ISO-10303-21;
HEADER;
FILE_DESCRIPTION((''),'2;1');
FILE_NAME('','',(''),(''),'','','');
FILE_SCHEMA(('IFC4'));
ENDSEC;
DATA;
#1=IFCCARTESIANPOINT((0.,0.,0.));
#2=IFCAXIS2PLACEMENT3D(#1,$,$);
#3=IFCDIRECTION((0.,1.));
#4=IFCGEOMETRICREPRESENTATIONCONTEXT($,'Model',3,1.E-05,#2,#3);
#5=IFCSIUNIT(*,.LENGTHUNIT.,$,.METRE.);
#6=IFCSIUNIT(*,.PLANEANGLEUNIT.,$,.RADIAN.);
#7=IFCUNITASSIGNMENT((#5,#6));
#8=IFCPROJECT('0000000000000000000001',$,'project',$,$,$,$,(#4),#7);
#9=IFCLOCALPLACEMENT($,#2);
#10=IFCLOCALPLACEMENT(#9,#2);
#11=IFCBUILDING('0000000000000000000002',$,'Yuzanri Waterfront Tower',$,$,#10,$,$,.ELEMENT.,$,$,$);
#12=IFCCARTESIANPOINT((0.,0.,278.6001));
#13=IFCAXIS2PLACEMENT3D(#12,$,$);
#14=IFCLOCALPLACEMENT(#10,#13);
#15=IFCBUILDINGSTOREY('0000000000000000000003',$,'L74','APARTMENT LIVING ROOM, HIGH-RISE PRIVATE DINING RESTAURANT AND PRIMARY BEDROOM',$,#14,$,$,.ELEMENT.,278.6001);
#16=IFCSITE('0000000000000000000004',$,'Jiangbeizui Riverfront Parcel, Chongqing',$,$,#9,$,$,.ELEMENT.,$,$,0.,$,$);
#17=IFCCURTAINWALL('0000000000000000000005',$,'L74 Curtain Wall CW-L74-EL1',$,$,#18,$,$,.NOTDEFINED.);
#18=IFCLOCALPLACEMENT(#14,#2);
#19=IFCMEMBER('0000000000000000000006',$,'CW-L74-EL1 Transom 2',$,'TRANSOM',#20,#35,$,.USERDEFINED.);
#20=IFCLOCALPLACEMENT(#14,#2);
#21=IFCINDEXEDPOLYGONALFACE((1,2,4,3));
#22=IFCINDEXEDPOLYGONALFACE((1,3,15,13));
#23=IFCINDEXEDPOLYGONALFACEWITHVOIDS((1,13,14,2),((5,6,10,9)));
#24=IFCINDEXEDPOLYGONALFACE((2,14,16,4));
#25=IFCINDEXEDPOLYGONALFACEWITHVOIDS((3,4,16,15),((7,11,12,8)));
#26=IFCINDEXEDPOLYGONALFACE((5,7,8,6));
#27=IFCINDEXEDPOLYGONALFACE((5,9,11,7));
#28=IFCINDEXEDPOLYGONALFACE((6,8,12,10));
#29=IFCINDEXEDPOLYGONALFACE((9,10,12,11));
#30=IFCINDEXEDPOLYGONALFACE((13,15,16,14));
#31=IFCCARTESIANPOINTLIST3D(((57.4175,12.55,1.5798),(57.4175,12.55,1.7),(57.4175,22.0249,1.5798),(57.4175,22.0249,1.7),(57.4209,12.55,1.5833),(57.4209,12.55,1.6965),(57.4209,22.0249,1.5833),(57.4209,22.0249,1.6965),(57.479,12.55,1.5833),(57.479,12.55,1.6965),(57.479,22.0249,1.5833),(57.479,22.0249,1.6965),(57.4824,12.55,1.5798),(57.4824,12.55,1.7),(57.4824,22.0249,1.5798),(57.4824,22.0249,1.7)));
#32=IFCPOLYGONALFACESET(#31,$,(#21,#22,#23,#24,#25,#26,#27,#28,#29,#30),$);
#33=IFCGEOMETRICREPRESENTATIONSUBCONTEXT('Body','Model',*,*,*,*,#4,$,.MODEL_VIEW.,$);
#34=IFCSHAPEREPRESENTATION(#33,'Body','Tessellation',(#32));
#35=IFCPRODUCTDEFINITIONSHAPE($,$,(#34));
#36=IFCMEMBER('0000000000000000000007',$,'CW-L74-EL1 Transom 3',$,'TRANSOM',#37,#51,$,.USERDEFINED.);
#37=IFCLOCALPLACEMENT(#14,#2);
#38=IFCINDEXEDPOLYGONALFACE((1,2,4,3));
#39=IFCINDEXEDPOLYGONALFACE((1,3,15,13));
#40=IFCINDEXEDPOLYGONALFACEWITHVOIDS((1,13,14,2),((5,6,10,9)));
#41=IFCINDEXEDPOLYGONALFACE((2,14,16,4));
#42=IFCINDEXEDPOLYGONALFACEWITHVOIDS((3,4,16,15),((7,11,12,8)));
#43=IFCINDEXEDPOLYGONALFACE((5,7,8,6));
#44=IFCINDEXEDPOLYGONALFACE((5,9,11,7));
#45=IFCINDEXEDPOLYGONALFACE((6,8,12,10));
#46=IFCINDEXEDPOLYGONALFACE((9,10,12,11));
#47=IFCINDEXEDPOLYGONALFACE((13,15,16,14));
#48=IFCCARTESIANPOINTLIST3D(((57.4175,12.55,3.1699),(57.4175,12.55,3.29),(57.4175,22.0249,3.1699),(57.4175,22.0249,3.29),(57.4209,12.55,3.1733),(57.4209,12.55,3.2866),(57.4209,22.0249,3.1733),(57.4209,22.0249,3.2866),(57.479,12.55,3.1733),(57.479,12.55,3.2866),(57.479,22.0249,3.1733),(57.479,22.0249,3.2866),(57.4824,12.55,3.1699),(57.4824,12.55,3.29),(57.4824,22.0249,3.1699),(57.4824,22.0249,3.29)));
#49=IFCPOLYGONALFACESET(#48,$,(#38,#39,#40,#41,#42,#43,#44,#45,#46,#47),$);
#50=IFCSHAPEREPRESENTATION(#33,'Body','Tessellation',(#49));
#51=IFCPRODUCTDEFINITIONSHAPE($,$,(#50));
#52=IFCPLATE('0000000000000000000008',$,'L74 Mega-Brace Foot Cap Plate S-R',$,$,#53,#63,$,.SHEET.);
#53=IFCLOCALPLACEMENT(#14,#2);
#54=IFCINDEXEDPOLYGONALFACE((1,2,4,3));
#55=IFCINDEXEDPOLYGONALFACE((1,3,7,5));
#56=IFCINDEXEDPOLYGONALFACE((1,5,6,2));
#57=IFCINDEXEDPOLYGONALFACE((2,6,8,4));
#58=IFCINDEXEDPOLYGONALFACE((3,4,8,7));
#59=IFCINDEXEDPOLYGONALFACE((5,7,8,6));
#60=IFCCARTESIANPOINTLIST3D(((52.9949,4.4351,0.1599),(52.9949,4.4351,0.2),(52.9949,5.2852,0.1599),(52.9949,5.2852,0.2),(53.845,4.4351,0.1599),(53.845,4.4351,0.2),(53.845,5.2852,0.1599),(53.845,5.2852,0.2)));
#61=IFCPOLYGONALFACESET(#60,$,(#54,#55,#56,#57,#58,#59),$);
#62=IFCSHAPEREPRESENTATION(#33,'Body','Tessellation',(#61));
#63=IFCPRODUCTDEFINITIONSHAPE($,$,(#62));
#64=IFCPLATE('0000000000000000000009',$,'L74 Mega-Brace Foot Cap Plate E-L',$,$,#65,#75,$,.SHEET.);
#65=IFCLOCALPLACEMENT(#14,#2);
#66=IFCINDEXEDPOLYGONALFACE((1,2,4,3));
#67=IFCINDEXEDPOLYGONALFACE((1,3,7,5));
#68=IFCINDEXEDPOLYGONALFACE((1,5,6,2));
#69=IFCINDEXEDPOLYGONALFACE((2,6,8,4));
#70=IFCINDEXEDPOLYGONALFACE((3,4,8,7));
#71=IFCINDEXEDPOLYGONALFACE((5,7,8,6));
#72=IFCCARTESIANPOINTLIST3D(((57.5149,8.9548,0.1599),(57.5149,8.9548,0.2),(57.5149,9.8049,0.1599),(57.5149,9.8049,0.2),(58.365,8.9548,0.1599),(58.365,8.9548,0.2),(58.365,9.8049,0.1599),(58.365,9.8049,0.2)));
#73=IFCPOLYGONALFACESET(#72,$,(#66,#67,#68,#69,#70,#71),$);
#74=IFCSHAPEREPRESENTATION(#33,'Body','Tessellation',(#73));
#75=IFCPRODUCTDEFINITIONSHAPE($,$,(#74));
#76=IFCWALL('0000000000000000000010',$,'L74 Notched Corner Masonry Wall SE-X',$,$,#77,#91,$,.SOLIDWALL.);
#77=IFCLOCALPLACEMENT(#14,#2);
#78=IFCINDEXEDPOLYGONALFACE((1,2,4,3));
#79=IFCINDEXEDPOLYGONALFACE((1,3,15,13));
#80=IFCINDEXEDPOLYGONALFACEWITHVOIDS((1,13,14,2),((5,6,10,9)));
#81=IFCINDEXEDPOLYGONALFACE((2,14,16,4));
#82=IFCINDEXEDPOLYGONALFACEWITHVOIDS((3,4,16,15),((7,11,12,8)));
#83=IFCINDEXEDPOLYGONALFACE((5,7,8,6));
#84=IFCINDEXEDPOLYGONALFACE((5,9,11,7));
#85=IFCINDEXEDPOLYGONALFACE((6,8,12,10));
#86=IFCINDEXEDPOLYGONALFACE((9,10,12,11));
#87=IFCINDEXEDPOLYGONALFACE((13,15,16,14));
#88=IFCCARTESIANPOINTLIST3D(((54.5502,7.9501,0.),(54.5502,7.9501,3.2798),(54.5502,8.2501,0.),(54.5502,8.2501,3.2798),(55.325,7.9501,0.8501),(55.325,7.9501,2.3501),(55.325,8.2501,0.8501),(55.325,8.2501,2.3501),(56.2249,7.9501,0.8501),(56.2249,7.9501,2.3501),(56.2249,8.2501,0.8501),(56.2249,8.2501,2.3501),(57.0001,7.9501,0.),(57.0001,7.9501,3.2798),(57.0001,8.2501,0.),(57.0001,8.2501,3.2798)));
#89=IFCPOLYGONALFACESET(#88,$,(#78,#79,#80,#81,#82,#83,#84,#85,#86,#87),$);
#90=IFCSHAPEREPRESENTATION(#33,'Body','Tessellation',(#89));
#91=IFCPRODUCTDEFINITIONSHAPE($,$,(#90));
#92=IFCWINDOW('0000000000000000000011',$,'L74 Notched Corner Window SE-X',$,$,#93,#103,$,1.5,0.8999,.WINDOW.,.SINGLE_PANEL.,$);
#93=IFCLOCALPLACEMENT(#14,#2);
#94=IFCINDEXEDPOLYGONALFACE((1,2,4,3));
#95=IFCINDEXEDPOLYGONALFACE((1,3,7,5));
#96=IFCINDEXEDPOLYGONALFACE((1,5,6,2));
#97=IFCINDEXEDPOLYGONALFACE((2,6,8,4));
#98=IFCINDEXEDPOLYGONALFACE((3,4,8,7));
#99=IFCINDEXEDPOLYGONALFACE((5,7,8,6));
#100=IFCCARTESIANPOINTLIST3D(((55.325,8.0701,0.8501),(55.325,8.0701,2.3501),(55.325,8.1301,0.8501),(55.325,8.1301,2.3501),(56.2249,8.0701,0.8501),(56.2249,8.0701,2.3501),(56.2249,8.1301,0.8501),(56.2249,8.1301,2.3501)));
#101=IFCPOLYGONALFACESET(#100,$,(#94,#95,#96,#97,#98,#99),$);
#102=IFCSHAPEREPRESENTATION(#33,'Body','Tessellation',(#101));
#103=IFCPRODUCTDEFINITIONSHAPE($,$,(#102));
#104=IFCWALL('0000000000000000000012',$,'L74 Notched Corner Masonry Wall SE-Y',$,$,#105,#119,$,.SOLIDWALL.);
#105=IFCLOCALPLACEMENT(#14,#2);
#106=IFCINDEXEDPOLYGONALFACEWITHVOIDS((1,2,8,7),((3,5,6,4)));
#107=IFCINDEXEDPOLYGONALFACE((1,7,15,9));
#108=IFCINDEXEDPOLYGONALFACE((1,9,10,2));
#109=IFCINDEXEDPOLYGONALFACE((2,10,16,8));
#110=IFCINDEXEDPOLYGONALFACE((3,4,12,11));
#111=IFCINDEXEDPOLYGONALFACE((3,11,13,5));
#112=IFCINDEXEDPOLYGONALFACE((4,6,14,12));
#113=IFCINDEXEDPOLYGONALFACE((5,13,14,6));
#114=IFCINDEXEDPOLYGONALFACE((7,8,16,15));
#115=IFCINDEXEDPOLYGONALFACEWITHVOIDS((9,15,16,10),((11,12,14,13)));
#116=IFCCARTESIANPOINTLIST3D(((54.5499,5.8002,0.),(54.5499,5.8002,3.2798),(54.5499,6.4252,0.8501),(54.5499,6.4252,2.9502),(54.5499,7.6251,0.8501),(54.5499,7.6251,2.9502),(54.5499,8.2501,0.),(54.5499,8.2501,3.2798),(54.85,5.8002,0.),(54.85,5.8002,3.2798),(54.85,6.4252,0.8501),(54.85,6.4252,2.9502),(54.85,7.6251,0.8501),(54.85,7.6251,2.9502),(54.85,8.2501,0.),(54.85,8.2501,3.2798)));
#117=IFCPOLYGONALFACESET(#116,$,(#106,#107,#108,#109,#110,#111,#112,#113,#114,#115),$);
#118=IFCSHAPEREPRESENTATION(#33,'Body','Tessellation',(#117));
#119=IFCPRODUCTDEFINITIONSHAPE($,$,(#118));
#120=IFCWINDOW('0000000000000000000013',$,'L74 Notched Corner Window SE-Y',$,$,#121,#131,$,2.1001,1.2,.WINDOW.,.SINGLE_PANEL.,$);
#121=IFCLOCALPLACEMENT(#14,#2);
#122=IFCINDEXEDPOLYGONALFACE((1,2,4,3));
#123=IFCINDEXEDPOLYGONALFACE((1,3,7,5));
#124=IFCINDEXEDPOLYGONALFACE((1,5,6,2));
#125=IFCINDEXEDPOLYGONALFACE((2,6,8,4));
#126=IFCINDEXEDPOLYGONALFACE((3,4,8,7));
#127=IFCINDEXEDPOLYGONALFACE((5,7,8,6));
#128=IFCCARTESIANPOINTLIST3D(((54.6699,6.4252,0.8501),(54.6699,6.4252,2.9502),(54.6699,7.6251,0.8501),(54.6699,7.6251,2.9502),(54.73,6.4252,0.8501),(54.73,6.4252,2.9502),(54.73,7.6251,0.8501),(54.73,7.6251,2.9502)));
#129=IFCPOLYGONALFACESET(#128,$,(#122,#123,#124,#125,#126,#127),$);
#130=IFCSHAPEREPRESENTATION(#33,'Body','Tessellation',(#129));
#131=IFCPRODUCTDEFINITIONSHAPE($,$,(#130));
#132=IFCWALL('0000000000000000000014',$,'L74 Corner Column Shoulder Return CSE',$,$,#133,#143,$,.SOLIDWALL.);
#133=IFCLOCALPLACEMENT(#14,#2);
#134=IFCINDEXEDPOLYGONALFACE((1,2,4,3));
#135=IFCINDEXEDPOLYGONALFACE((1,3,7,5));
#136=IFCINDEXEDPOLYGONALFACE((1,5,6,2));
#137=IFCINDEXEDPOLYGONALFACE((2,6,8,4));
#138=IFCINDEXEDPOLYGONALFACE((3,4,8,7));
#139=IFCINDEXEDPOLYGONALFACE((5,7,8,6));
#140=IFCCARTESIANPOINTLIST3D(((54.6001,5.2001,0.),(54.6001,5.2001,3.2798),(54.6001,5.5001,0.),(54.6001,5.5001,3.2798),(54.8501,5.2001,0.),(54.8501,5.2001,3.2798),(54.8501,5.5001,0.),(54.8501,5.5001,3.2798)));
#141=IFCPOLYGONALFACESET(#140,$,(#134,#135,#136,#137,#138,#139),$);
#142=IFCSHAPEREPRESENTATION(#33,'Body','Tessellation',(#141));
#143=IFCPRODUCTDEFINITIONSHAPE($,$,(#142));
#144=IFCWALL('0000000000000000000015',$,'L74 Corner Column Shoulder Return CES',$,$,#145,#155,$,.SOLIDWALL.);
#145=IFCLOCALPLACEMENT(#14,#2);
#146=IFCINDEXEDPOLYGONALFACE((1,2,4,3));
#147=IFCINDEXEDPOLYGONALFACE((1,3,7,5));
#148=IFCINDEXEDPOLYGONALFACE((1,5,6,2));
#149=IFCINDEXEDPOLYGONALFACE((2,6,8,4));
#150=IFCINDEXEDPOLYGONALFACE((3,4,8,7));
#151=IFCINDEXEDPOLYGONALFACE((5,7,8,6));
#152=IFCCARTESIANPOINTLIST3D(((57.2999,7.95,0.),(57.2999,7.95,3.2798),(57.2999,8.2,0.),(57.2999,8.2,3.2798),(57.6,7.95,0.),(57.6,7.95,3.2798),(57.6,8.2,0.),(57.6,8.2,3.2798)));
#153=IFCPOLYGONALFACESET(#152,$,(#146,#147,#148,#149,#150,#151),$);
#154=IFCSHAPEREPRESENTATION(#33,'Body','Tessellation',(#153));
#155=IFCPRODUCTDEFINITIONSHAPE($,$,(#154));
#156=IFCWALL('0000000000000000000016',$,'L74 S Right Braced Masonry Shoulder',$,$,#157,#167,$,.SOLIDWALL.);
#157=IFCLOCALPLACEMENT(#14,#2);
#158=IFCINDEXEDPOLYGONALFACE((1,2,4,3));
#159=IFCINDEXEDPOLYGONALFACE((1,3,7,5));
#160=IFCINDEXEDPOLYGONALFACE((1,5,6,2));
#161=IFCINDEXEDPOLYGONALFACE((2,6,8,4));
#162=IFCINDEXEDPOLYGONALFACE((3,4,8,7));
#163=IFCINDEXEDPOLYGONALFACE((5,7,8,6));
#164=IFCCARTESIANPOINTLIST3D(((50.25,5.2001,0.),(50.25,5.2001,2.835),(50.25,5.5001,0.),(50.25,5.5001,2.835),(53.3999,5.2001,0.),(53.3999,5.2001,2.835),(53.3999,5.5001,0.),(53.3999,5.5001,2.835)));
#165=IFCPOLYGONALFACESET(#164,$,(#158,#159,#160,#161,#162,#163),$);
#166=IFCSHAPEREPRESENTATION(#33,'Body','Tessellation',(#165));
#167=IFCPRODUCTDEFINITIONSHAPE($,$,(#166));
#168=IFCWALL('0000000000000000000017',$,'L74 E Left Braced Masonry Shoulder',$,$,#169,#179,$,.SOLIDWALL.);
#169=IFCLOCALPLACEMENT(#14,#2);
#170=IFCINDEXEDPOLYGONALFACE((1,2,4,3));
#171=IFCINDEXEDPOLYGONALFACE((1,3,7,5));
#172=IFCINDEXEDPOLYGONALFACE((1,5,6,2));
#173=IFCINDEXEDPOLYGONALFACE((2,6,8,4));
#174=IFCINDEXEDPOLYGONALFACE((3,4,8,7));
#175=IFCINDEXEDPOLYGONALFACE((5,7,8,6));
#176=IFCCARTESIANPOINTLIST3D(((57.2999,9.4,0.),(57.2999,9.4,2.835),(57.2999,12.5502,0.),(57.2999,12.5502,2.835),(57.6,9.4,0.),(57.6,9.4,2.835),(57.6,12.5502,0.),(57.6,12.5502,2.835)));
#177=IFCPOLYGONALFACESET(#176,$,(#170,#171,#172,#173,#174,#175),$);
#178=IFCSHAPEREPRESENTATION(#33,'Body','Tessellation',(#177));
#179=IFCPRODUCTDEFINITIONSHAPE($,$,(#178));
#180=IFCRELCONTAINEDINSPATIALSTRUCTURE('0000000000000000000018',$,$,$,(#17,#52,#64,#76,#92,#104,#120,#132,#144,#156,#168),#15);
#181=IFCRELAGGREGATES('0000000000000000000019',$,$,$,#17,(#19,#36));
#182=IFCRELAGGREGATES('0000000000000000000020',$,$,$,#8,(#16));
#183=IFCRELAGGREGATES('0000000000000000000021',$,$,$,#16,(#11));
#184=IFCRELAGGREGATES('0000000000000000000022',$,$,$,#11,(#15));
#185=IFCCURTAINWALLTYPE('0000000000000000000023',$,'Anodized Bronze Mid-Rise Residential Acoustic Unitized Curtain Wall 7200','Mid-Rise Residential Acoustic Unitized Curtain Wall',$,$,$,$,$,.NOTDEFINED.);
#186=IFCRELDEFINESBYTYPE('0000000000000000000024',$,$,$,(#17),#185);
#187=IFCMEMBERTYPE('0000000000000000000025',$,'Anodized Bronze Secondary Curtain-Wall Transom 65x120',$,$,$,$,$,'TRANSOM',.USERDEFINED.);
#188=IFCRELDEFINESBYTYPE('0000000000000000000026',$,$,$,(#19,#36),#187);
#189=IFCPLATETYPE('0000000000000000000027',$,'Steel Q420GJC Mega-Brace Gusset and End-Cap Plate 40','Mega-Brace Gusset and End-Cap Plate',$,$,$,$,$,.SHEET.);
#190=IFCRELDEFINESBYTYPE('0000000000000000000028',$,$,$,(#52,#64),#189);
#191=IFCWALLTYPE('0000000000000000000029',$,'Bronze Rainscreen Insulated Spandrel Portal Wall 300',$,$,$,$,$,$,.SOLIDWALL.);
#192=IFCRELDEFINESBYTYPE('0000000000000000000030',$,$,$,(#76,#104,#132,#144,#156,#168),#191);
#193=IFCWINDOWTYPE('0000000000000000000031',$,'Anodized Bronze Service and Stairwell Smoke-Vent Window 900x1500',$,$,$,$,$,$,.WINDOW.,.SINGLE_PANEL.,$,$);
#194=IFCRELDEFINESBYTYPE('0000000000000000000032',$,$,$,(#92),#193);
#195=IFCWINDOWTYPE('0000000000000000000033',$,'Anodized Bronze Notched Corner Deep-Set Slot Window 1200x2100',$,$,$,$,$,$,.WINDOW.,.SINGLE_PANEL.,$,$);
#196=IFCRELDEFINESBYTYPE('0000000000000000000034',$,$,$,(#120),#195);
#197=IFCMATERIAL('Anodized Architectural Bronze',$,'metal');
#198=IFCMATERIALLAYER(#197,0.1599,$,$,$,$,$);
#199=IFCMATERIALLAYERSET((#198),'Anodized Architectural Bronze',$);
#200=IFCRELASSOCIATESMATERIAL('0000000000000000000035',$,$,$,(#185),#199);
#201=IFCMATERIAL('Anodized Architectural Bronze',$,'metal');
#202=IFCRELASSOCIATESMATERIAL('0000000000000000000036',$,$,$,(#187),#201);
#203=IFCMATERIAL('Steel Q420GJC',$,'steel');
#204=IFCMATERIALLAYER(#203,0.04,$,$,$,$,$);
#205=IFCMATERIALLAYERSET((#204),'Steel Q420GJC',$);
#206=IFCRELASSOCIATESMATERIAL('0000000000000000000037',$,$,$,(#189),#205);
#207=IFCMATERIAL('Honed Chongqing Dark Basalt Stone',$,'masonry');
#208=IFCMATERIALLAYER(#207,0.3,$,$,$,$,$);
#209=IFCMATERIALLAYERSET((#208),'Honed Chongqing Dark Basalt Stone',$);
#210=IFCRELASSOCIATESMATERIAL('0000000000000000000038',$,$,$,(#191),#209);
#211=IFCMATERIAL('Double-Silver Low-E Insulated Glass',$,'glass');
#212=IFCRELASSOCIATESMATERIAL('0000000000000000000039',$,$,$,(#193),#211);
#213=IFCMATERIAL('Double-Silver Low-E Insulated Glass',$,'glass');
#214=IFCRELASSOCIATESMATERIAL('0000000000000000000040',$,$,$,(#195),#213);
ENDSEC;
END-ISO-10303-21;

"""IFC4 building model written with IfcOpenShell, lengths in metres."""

from ifc_helpers import new_model, si_unit, direction, frame, frame_2d, origin, origin_2d, place, context, subcontext, project, spatial, rectangle, hollow_rectangle, extrude, source, transform, mapped, material, layer, layer_set, material_profile, profile_set, type_object, element, fill, aggregate, save


model = new_model("IFC4")

# Units and contexts
model_context = context("Model", 3, precision=1e-05, world=origin(), true_north=direction((0.0, 1.0)))
body_context = subcontext(model_context, "Body", "Model", "MODEL_VIEW")
ifc_project = project(units=[si_unit("LENGTHUNIT", "METRE"), si_unit("PLANEANGLEUNIT", "RADIAN")], contexts=[model_context])

# Site, building, storey
site_placement = place(None, origin())
site = spatial("IfcSite", under=ifc_project, at=site_placement, Name="Jiangbeizui Riverfront Parcel, Chongqing", CompositionType="ELEMENT", RefElevation=0.0)
building_placement = place(site_placement, origin())
building = spatial("IfcBuilding", under=site, at=building_placement, Name="Yuzanri Waterfront Tower", CompositionType="ELEMENT")
storey_placement = place(building_placement, frame((0.0, 0.0, 278.6001)))
storey = spatial("IfcBuildingStorey", under=building, at=storey_placement, Name="L74", Description="APARTMENT LIVING ROOM, HIGH-RISE PRIVATE DINING RESTAURANT AND PRIMARY BEDROOM", CompositionType="ELEMENT", Elevation=278.6001)

# Curtain wall, members
ifc_material_1 = material(Name="Anodized Architectural Bronze", Category="metal")
ifc_layer_1 = layer(ifc_material_1, 0.1599)
ifc_layer_set_1 = layer_set([ifc_layer_1], Name="Anodized Architectural Bronze")
curtain_wall_type = type_object("IfcCurtainWallType", Name="Anodized Bronze Mid-Rise Residential Acoustic Unitized Curtain Wall 7200", Description="Mid-Rise Residential Acoustic Unitized Curtain Wall", PredefinedType="NOTDEFINED", material=ifc_layer_set_1)
curtain_wall_1_placement = place(storey_placement, origin())
curtain_wall_1 = element("IfcCurtainWall", 1, at=curtain_wall_1_placement, inside=storey, type_object=curtain_wall_type, Name="L74 Curtain Wall CW-L74-EL1", PredefinedType="NOTDEFINED")
ifc_material_2 = material(Name="Anodized Architectural Bronze", Category="metal")
ifc_material_profile_1 = material_profile(ifc_material_2, hollow_rectangle(XDim=0.0649, YDim=0.1201, WallThickness=0.0034, at=origin_2d()), Name="CWT 65x120")
ifc_profile_set_1 = profile_set([ifc_material_profile_1], Name="Anodized Architectural Bronze")
member_type_1 = type_object("IfcMemberType", Name="Anodized Bronze Secondary Curtain-Wall Transom 65x120", ElementType="TRANSOM", PredefinedType="USERDEFINED", material=ifc_profile_set_1)
shared_shape_1 = source(origin(), body_context, "Body", "SweptSolid", [
    extrude(hollow_rectangle(XDim=0.0649, YDim=0.1201, WallThickness=0.0034, at=origin_2d()), origin(), (0.0, 0.0, 1.0), 9.4749),
])
member_1_placement = place(storey_placement, frame((57.45, 12.55, 1.6399), z_axis=(0.0, 1.0, 0.0), x_axis=(-1.0, 0.0, 0.0)))
member_1 = element("IfcMember", 2, at=member_1_placement, type_object=member_type_1, Name="CW-L74-EL1 Transom 2", ObjectType="TRANSOM", PredefinedType="USERDEFINED", context=body_context, shape_type="MappedRepresentation", body=[
    mapped(shared_shape_1, transform((0.0, 0.0, 0.0), scale=1.0)),
])
member_2_placement = place(storey_placement, frame((57.45, 12.55, 3.23), z_axis=(0.0, 1.0, 0.0), x_axis=(-1.0, 0.0, 0.0)))
member_2 = element("IfcMember", 3, at=member_2_placement, type_object=member_type_1, Name="CW-L74-EL1 Transom 3", ObjectType="TRANSOM", PredefinedType="USERDEFINED", context=body_context, shape_type="MappedRepresentation", body=[
    mapped(shared_shape_1, transform((0.0, 0.0, 0.0), scale=1.0)),
])
aggregate(curtain_wall_1, [member_1, member_2])

# Plates
ifc_material_3 = material(Name="Steel Q420GJC", Category="steel")
ifc_layer_2 = layer(ifc_material_3, 0.04)
ifc_layer_set_2 = layer_set([ifc_layer_2], Name="Steel Q420GJC")
plate_type = type_object("IfcPlateType", Name="Steel Q420GJC Mega-Brace Gusset and End-Cap Plate 40", Description="Mega-Brace Gusset and End-Cap Plate", PredefinedType="SHEET", material=ifc_layer_set_2)
shared_shape_2 = source(origin(), body_context, "Body", "SweptSolid", [
    extrude(rectangle(XDim=0.8501, YDim=0.8501, at=origin_2d()), origin(), (0.0, 0.0, 1.0), 0.04),
])
for number, where, z_axis, x_axis, name in (
    (4, (53.4199, 4.8601, 0.1599), (0.0, 0.0, 1.0), (1.0, 0.0, 0.0), "L74 Mega-Brace Foot Cap Plate S-R"),
    (5, (57.9399, 9.3799, 0.1599), (0.0, 0.0, 1.0), (1.0, 0.0, 0.0), "L74 Mega-Brace Foot Cap Plate E-L"),
):
    element("IfcPlate", number, at=place(storey_placement, frame(where, z_axis=z_axis, x_axis=x_axis)), inside=storey, type_object=plate_type, Name=name, PredefinedType="SHEET", context=body_context, shape_type="MappedRepresentation", body=[
        mapped(shared_shape_2, transform((0.0, 0.0, 0.0), scale=1.0)),
    ])

# Walls, openings, windows
ifc_material_4 = material(Name="Honed Chongqing Dark Basalt Stone", Category="masonry")
ifc_layer_3 = layer(ifc_material_4, 0.3)
ifc_layer_set_3 = layer_set([ifc_layer_3], Name="Honed Chongqing Dark Basalt Stone")
wall_type_1 = type_object("IfcWallType", Name="Bronze Rainscreen Insulated Spandrel Portal Wall 300", PredefinedType="SOLIDWALL", material=ifc_layer_set_3)
wall_1_placement = place(storey_placement, frame((54.55, 8.1001, 0.0), z_axis=(0.0, 0.0, 1.0), x_axis=(1.0, 0.0, 0.0)))
wall_1 = element("IfcWall", 6, at=wall_1_placement, inside=storey, type_object=wall_type_1, Name="L74 Notched Corner Masonry Wall SE-X", PredefinedType="SOLIDWALL", context=body_context, shape_type="SweptSolid", body=[
    extrude(rectangle(XDim=2.45, YDim=0.3, at=frame_2d((1.2251, 0.0))), origin(), (0.0, 0.0, 1.0), 3.2798),
])
opening_1_placement = place(wall_1_placement, frame((0.7749, 0.0, 0.8501)))
opening_1 = element("IfcOpeningElement", 7, at=opening_1_placement, cuts=wall_1, PredefinedType="OPENING", context=body_context, shape_type="SweptSolid", body=[
    extrude(rectangle(XDim=0.8999, YDim=1.5, at=frame_2d((0.45, 0.75))), frame((0.0, 0.165, 0.0), z_axis=(0.0, -1.0, 0.0), x_axis=(1.0, 0.0, 0.0)), (0.0, 0.0, 1.0), 0.3298),
])
ifc_material_5 = material(Name="Double-Silver Low-E Insulated Glass", Category="glass")
window_type_1 = type_object("IfcWindowType", Name="Anodized Bronze Service and Stairwell Smoke-Vent Window 900x1500", PartitioningType="SINGLE_PANEL", PredefinedType="WINDOW", material=ifc_material_5)
shared_shape_3 = source(origin(), body_context, "Body", "SweptSolid", [
    extrude(rectangle(XDim=0.8999, YDim=1.5, at=frame_2d((0.45, 0.75))), frame((0.0, 0.03, 0.0), z_axis=(0.0, -1.0, 0.0), x_axis=(1.0, 0.0, 0.0)), (0.0, 0.0, 1.0), 0.0601),
])
window_1_placement = place(opening_1_placement, origin())
window_1 = element("IfcWindow", 8, at=window_1_placement, inside=storey, type_object=window_type_1, Name="L74 Notched Corner Window SE-X", OverallHeight=1.5, OverallWidth=0.8999, PartitioningType="SINGLE_PANEL", PredefinedType="WINDOW", context=body_context, shape_type="MappedRepresentation", body=[
    mapped(shared_shape_3, transform((0.0, 0.0, 0.0), scale=1.0)),
])
fill(opening_1, window_1)
wall_2_placement = place(storey_placement, frame((54.7, 5.8, 0.0), z_axis=(0.0, 0.0, 1.0), x_axis=(0.0, 1.0, 0.0)))
wall_2 = element("IfcWall", 9, at=wall_2_placement, inside=storey, type_object=wall_type_1, Name="L74 Notched Corner Masonry Wall SE-Y", PredefinedType="SOLIDWALL", context=body_context, shape_type="SweptSolid", body=[
    extrude(rectangle(XDim=2.45, YDim=0.3, at=frame_2d((1.2251, 0.0))), origin(), (0.0, 0.0, 1.0), 3.2798),
])
opening_2_placement = place(wall_2_placement, frame((0.625, 0.0, 0.8501)))
opening_2 = element("IfcOpeningElement", 10, at=opening_2_placement, cuts=wall_2, PredefinedType="OPENING", context=body_context, shape_type="SweptSolid", body=[
    extrude(rectangle(XDim=1.2, YDim=2.1001, at=frame_2d((0.6001, 1.05))), frame((0.0, 0.165, 0.0), z_axis=(0.0, -1.0, 0.0), x_axis=(1.0, 0.0, 0.0)), (0.0, 0.0, 1.0), 0.3298),
])
ifc_material_6 = material(Name="Double-Silver Low-E Insulated Glass", Category="glass")
window_type_2 = type_object("IfcWindowType", Name="Anodized Bronze Notched Corner Deep-Set Slot Window 1200x2100", PartitioningType="SINGLE_PANEL", PredefinedType="WINDOW", material=ifc_material_6)
shared_shape_4 = source(origin(), body_context, "Body", "SweptSolid", [
    extrude(rectangle(XDim=1.2, YDim=2.1001, at=frame_2d((0.6001, 1.05))), frame((0.0, 0.03, 0.0), z_axis=(0.0, -1.0, 0.0), x_axis=(1.0, 0.0, 0.0)), (0.0, 0.0, 1.0), 0.0601),
])
window_2_placement = place(opening_2_placement, origin())
window_2 = element("IfcWindow", 11, at=window_2_placement, inside=storey, type_object=window_type_2, Name="L74 Notched Corner Window SE-Y", OverallHeight=2.1001, OverallWidth=1.2, PartitioningType="SINGLE_PANEL", PredefinedType="WINDOW", context=body_context, shape_type="MappedRepresentation", body=[
    mapped(shared_shape_4, transform((0.0, 0.0, 0.0), scale=1.0)),
])
fill(opening_2, window_2)

# Walls
shared_shape_5 = source(origin(), body_context, "Body", "SweptSolid", [
    extrude(rectangle(XDim=0.25, YDim=0.3, at=frame_2d((0.125, 0.0))), origin(), (0.0, 0.0, 1.0), 3.2798),
])
for number, where, z_axis, x_axis, name in (
    (12, (54.6001, 5.3501, 0.0), (0.0, 0.0, 1.0), (1.0, 0.0, 0.0), "L74 Corner Column Shoulder Return CSE"),
    (13, (57.45, 7.95, 0.0), (0.0, 0.0, 1.0), (0.0, 1.0, 0.0), "L74 Corner Column Shoulder Return CES"),
):
    element("IfcWall", number, at=place(storey_placement, frame(where, z_axis=z_axis, x_axis=x_axis)), inside=storey, type_object=wall_type_1, Name=name, PredefinedType="SOLIDWALL", context=body_context, shape_type="MappedRepresentation", body=[
        mapped(shared_shape_5, transform((0.0, 0.0, 0.0), scale=1.0)),
    ])
shared_shape_6 = source(origin(), body_context, "Body", "SweptSolid", [
    extrude(rectangle(XDim=3.1499, YDim=0.3, at=frame_2d((1.575, 0.0))), origin(), (0.0, 0.0, 1.0), 2.835),
])
wall_3_placement = place(storey_placement, frame((50.25, 5.3501, 0.0), z_axis=(0.0, 0.0, 1.0), x_axis=(1.0, 0.0, 0.0)))
element("IfcWall", 14, at=wall_3_placement, inside=storey, type_object=wall_type_1, Name="L74 S Right Braced Masonry Shoulder", PredefinedType="SOLIDWALL", context=body_context, shape_type="MappedRepresentation", body=[
    mapped(shared_shape_6, transform((0.0, 0.0, 0.0), scale=1.0)),
])
shared_shape_7 = source(origin(), body_context, "Body", "SweptSolid", [
    extrude(rectangle(XDim=3.1501, YDim=0.3, at=frame_2d((1.5752, 0.0))), origin(), (0.0, 0.0, 1.0), 2.835),
])
wall_4_placement = place(storey_placement, frame((57.45, 9.3999, 0.0), z_axis=(0.0, 0.0, 1.0), x_axis=(0.0, 1.0, 0.0)))
element("IfcWall", 15, at=wall_4_placement, inside=storey, type_object=wall_type_1, Name="L74 E Left Braced Masonry Shoulder", PredefinedType="SOLIDWALL", context=body_context, shape_type="MappedRepresentation", body=[
    mapped(shared_shape_7, transform((0.0, 0.0, 0.0), scale=1.0)),
])

save(model, "model.ifc")
